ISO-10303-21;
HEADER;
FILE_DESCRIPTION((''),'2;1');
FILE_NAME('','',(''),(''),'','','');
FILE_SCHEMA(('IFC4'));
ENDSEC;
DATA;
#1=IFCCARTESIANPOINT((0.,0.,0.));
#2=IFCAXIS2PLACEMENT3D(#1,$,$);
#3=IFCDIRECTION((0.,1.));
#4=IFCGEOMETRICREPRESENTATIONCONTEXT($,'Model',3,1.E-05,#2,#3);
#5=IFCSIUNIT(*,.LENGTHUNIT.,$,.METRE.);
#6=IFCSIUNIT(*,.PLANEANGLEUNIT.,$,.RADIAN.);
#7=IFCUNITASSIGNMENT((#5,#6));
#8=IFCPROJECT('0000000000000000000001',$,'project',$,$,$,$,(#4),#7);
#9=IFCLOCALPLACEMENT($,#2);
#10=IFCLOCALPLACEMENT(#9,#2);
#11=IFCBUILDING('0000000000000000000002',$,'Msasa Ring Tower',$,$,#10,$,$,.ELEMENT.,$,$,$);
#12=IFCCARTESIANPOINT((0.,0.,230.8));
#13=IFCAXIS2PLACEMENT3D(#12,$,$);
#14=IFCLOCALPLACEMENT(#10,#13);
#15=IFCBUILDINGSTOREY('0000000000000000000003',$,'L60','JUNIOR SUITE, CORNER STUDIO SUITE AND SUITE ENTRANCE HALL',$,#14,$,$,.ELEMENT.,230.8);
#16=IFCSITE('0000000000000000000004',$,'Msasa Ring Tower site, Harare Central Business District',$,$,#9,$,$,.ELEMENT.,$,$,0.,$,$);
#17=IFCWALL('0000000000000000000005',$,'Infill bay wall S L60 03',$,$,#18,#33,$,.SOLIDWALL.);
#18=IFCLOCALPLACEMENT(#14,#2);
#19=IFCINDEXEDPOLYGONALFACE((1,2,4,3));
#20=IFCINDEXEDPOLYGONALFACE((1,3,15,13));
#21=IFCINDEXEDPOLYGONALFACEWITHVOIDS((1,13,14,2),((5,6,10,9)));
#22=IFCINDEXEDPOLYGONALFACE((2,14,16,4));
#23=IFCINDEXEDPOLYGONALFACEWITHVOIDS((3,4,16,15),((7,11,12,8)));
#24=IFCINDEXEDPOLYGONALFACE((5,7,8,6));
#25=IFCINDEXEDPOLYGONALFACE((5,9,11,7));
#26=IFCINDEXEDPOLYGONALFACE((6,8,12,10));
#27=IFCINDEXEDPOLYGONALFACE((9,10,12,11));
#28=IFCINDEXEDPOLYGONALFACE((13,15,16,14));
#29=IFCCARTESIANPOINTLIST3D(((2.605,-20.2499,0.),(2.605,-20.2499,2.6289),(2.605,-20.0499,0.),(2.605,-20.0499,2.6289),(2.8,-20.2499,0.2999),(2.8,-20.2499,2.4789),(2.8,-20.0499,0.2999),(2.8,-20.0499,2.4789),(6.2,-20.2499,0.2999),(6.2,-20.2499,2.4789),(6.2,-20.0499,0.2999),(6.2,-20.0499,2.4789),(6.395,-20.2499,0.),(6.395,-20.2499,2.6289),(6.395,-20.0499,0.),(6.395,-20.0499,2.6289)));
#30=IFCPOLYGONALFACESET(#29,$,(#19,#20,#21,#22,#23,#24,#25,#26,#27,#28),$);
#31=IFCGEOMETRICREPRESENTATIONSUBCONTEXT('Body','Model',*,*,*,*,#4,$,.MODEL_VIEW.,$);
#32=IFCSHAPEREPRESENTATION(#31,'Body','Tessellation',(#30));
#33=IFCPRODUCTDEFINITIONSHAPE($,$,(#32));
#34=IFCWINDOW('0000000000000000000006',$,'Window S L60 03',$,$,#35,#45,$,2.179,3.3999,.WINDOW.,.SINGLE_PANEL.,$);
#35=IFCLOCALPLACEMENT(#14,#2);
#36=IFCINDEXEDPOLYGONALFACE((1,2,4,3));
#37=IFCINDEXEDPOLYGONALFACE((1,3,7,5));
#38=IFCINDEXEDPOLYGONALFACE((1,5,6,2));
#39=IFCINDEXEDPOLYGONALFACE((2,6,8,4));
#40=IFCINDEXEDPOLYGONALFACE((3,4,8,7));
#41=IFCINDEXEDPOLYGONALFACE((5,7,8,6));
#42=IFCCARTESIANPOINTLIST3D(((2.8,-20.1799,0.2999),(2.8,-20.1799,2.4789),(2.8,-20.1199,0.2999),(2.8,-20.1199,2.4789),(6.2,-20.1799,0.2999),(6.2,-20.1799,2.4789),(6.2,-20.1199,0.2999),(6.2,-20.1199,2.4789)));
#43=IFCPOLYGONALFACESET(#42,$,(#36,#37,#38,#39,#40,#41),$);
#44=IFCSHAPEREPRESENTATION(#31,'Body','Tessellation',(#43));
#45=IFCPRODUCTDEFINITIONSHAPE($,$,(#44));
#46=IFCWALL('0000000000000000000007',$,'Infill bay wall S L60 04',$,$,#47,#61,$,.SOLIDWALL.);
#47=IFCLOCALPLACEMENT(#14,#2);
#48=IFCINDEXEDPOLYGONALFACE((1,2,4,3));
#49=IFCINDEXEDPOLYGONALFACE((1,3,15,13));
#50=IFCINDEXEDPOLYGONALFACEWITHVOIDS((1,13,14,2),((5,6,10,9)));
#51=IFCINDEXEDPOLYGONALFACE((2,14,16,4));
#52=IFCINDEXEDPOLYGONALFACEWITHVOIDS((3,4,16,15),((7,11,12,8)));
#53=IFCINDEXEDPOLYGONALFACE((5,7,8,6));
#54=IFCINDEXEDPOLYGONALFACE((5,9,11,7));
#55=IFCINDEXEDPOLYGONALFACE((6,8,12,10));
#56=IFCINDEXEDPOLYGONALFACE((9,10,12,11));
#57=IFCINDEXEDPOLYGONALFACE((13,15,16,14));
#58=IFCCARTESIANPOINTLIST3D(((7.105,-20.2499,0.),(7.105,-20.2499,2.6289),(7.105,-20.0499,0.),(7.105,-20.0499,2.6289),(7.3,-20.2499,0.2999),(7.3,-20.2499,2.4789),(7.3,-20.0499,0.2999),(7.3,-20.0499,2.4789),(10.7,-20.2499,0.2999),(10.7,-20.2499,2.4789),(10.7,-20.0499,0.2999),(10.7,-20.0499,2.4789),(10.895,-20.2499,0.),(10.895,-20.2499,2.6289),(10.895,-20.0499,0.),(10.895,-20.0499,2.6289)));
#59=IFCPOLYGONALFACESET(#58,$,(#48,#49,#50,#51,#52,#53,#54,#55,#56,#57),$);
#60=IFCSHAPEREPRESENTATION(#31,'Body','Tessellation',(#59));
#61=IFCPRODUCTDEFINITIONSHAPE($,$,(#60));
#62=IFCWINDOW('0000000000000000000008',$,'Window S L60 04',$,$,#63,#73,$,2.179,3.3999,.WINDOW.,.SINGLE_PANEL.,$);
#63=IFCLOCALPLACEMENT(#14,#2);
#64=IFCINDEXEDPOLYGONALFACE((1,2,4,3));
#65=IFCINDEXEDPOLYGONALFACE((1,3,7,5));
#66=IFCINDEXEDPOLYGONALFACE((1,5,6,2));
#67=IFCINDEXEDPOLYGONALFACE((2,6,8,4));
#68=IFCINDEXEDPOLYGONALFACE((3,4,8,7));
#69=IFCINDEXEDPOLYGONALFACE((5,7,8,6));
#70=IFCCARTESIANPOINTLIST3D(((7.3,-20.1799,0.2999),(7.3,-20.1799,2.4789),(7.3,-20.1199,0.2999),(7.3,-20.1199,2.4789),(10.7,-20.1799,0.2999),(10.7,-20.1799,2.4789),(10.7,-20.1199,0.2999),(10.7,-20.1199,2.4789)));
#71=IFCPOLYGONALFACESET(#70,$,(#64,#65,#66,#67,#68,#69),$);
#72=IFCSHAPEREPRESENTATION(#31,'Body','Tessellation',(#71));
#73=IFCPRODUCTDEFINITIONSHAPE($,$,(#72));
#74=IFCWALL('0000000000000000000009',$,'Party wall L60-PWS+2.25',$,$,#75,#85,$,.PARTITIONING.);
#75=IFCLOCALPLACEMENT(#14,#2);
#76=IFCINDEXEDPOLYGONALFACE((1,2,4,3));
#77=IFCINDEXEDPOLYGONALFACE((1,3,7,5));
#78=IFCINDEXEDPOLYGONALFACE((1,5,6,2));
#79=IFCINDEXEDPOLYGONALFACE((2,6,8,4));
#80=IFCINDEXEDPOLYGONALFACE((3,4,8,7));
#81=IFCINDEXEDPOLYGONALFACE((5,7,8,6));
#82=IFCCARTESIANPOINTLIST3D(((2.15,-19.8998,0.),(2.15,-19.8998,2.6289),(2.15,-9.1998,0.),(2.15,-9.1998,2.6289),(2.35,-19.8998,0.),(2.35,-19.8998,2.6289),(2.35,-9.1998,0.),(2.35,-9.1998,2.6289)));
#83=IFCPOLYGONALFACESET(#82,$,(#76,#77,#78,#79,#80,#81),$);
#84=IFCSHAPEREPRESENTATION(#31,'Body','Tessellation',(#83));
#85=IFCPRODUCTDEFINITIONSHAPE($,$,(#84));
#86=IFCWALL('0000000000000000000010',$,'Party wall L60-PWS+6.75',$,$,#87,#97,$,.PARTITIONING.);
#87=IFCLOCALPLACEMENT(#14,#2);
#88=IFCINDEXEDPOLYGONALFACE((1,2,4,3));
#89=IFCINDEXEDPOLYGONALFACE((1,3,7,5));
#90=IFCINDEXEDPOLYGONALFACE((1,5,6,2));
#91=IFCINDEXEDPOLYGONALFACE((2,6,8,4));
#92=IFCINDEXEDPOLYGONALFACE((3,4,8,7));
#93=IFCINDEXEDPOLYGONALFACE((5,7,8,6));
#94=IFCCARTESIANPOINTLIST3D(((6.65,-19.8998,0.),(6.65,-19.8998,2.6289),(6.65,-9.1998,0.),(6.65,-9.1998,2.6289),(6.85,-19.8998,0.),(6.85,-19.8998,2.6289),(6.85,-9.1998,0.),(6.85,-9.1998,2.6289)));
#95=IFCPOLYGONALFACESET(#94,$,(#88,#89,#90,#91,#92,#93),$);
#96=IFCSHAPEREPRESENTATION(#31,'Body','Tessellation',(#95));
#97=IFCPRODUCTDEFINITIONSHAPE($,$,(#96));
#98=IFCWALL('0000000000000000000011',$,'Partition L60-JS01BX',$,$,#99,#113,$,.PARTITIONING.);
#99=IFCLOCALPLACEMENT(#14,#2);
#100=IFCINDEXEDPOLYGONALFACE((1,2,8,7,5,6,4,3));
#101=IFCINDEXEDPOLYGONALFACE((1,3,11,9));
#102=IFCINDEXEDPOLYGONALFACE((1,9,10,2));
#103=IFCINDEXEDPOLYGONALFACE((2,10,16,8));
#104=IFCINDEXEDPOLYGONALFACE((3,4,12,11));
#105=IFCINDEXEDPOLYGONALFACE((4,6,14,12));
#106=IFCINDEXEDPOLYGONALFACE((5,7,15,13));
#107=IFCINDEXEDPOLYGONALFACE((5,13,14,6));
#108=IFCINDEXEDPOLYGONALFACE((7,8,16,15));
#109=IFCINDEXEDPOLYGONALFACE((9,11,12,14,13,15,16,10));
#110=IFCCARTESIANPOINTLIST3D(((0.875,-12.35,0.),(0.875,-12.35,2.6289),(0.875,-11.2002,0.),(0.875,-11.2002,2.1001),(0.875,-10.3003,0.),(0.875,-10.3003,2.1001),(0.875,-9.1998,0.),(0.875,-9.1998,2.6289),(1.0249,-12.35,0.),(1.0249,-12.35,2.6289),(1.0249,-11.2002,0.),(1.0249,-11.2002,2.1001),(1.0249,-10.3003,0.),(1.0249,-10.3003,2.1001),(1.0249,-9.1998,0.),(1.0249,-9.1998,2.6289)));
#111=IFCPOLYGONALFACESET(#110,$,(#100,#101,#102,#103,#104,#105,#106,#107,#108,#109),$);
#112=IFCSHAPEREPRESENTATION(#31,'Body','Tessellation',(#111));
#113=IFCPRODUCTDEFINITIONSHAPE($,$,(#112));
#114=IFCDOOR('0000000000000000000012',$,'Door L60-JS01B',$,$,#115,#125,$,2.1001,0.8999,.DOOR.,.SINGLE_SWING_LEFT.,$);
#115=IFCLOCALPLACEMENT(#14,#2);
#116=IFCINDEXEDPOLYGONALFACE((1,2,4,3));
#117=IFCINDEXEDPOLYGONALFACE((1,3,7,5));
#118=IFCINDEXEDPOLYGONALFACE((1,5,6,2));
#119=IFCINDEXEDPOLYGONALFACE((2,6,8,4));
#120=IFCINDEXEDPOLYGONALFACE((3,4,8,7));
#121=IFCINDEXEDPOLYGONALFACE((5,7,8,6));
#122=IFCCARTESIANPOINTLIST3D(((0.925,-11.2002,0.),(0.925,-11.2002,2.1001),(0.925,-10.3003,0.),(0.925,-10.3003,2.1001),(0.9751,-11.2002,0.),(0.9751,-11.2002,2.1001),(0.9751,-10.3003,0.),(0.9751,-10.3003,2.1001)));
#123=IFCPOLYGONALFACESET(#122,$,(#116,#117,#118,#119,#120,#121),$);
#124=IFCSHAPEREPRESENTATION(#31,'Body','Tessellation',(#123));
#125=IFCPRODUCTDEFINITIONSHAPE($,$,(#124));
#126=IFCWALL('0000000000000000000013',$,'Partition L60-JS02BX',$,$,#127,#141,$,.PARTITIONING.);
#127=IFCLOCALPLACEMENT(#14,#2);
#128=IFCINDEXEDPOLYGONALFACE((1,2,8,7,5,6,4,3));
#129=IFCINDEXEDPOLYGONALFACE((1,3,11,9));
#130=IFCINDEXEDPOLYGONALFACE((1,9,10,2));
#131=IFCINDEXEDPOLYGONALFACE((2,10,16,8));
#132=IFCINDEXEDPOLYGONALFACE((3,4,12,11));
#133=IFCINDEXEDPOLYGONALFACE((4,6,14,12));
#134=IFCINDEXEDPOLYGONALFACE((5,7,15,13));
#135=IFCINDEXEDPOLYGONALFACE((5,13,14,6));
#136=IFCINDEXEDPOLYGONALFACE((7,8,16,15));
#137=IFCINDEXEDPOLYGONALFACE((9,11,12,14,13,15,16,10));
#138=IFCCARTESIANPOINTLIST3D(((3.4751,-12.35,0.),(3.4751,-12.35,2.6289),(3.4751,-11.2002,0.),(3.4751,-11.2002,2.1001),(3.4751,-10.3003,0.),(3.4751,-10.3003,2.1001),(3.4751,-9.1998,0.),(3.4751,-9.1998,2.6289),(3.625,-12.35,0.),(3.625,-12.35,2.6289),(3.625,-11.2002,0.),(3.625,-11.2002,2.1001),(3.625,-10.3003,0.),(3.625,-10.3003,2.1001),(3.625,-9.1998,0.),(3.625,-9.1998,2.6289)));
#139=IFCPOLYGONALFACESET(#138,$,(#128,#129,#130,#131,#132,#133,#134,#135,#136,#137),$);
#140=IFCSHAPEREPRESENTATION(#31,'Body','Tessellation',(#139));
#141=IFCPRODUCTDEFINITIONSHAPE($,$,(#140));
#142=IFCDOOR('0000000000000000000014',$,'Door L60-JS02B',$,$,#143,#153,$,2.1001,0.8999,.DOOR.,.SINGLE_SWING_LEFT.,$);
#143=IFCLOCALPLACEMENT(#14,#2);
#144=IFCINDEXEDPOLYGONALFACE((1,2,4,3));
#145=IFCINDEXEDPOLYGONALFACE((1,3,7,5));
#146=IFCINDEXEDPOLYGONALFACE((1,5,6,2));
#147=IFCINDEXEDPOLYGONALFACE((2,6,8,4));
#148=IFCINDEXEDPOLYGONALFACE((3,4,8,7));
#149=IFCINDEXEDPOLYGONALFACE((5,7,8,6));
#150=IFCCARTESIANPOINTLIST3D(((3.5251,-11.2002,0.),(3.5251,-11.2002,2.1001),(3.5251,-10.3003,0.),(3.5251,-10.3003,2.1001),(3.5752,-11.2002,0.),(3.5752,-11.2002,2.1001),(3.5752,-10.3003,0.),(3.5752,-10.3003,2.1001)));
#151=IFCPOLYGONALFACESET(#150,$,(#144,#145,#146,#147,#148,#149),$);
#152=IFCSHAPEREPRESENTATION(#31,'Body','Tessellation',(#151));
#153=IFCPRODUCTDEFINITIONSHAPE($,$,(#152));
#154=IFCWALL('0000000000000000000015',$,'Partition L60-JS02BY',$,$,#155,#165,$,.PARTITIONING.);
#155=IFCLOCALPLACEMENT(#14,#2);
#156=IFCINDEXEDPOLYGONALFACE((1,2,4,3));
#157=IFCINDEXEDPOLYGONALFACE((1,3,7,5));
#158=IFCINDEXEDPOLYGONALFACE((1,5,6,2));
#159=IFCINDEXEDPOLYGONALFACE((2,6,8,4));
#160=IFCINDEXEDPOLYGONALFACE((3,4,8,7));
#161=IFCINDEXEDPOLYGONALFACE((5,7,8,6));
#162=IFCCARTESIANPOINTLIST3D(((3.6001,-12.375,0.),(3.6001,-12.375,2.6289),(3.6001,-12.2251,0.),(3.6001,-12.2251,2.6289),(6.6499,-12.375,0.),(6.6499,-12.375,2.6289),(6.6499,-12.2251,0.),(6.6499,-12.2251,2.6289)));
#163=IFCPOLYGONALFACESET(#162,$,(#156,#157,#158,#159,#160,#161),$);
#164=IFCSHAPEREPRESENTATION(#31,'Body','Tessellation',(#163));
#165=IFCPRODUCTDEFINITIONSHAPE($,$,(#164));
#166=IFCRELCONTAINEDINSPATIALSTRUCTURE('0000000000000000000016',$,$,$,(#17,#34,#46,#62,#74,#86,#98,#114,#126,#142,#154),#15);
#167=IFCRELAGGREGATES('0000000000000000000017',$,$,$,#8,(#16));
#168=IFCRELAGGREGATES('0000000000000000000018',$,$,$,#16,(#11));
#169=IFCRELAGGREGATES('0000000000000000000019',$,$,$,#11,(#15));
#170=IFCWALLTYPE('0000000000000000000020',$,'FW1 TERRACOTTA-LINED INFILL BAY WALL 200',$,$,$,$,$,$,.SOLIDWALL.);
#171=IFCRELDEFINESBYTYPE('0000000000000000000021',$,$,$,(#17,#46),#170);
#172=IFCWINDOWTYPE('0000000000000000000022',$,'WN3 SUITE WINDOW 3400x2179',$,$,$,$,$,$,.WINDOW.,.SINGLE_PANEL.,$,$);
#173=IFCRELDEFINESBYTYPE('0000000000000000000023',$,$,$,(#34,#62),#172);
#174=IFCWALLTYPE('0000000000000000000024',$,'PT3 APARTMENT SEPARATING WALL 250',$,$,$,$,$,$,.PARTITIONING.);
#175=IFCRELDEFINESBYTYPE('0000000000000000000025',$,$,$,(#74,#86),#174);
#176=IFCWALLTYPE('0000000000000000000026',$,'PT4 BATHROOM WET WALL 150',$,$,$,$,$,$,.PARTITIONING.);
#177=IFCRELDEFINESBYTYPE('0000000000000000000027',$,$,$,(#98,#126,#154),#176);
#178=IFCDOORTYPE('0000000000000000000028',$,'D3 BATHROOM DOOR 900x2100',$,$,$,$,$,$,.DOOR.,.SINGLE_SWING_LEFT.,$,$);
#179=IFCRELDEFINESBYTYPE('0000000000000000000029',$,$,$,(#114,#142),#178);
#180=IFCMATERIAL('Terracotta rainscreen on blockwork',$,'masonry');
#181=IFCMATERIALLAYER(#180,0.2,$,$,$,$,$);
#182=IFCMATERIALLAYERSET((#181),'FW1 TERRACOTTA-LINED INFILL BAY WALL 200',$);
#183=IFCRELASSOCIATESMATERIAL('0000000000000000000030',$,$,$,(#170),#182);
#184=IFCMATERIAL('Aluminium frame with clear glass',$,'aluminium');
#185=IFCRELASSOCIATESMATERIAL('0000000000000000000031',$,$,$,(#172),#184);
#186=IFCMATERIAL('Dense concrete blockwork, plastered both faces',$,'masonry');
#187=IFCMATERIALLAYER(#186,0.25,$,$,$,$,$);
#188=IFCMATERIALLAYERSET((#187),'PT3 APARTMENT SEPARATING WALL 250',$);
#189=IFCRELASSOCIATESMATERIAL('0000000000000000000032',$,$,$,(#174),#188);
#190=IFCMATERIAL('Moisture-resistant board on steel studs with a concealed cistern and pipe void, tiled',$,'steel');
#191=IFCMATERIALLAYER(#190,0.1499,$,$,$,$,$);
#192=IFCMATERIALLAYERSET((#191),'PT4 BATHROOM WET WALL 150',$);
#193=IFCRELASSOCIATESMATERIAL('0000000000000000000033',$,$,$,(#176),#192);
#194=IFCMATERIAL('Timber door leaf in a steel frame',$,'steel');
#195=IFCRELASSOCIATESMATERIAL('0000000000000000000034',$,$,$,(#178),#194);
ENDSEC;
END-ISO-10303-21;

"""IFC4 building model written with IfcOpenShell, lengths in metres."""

from ifc_helpers import new_model, si_unit, direction, frame, frame_2d, origin, place, context, subcontext, project, spatial, rectangle, extrude, material, layer, layer_set, type_object, element, fill, save


model = new_model("IFC4")

# Units and contexts
model_context = context("Model", 3, precision=1e-05, world=origin(), true_north=direction((0.0, 1.0)))
body_context = subcontext(model_context, "Body", "Model", "MODEL_VIEW")
ifc_project = project(units=[si_unit("LENGTHUNIT", "METRE"), si_unit("PLANEANGLEUNIT", "RADIAN")], contexts=[model_context])

# Site, building, storey
site_placement = place(None, origin())
site = spatial("IfcSite", under=ifc_project, at=site_placement, Name="Msasa Ring Tower site, Harare Central Business District", CompositionType="ELEMENT", RefElevation=0.0)
building_placement = place(site_placement, origin())
building = spatial("IfcBuilding", under=site, at=building_placement, Name="Msasa Ring Tower", CompositionType="ELEMENT")
storey_placement = place(building_placement, frame((0.0, 0.0, 230.8)))
storey = spatial("IfcBuildingStorey", under=building, at=storey_placement, Name="L60", Description="JUNIOR SUITE, CORNER STUDIO SUITE AND SUITE ENTRANCE HALL", CompositionType="ELEMENT", Elevation=230.8)

# Walls, openings, windows
ifc_material_1 = material(Name="Terracotta rainscreen on blockwork", Category="masonry")
ifc_layer_1 = layer(ifc_material_1, 0.2)
ifc_layer_set_1 = layer_set([ifc_layer_1], Name="FW1 TERRACOTTA-LINED INFILL BAY WALL 200")
wall_type_1 = type_object("IfcWallType", Name="FW1 TERRACOTTA-LINED INFILL BAY WALL 200", PredefinedType="SOLIDWALL", material=ifc_layer_set_1)
wall_1_placement = place(storey_placement, frame((2.605, -20.1499, 0.0), z_axis=(0.0, 0.0, 1.0), x_axis=(1.0, 0.0, 0.0)))
wall_1 = element("IfcWall", 1, at=wall_1_placement, inside=storey, type_object=wall_type_1, Name="Infill bay wall S L60 03", PredefinedType="SOLIDWALL", context=body_context, shape_type="SweptSolid", body=[
    extrude(rectangle(XDim=3.79, YDim=0.2, at=frame_2d((1.895, 0.0))), origin(), (0.0, 0.0, 1.0), 2.6289),
])
opening_1_placement = place(wall_1_placement, frame((0.1951, 0.0, 0.3)))
opening_1 = element("IfcOpeningElement", 2, at=opening_1_placement, cuts=wall_1, PredefinedType="OPENING", context=body_context, shape_type="SweptSolid", body=[
    extrude(rectangle(XDim=3.3999, YDim=2.179, at=frame_2d((1.7, 1.0894))), frame((0.0, 0.1099, 0.0), z_axis=(0.0, -1.0, 0.0), x_axis=(1.0, 0.0, 0.0)), (0.0, 0.0, 1.0), 0.22),
])
ifc_material_2 = material(Name="Aluminium frame with clear glass", Category="aluminium")
window_type = type_object("IfcWindowType", Name="WN3 SUITE WINDOW 3400x2179", PartitioningType="SINGLE_PANEL", PredefinedType="WINDOW", material=ifc_material_2)
window_1_placement = place(opening_1_placement, origin())
window_1 = element("IfcWindow", 3, at=window_1_placement, inside=storey, type_object=window_type, Name="Window S L60 03", OverallHeight=2.179, OverallWidth=3.3999, PartitioningType="SINGLE_PANEL", PredefinedType="WINDOW", context=body_context, shape_type="SweptSolid", body=[
    extrude(rectangle(XDim=3.3999, YDim=2.179, at=frame_2d((1.7, 1.0894))), frame((0.0, 0.03, 0.0), z_axis=(0.0, -1.0, 0.0), x_axis=(1.0, 0.0, 0.0)), (0.0, 0.0, 1.0), 0.0601),
])
fill(opening_1, window_1)
wall_2_placement = place(storey_placement, frame((7.105, -20.1499, 0.0), z_axis=(0.0, 0.0, 1.0), x_axis=(1.0, 0.0, 0.0)))
wall_2 = element("IfcWall", 4, at=wall_2_placement, inside=storey, type_object=wall_type_1, Name="Infill bay wall S L60 04", PredefinedType="SOLIDWALL", context=body_context, shape_type="SweptSolid", body=[
    extrude(rectangle(XDim=3.79, YDim=0.2, at=frame_2d((1.895, 0.0))), origin(), (0.0, 0.0, 1.0), 2.6289),
])
opening_2_placement = place(wall_2_placement, frame((0.1951, 0.0, 0.3)))
opening_2 = element("IfcOpeningElement", 5, at=opening_2_placement, cuts=wall_2, PredefinedType="OPENING", context=body_context, shape_type="SweptSolid", body=[
    extrude(rectangle(XDim=3.3999, YDim=2.179, at=frame_2d((1.7, 1.0894))), frame((0.0, 0.1099, 0.0), z_axis=(0.0, -1.0, 0.0), x_axis=(1.0, 0.0, 0.0)), (0.0, 0.0, 1.0), 0.22),
])
window_2_placement = place(opening_2_placement, origin())
window_2 = element("IfcWindow", 6, at=window_2_placement, inside=storey, type_object=window_type, Name="Window S L60 04", OverallHeight=2.179, OverallWidth=3.3999, PartitioningType="SINGLE_PANEL", PredefinedType="WINDOW", context=body_context, shape_type="SweptSolid", body=[
    extrude(rectangle(XDim=3.3999, YDim=2.179, at=frame_2d((1.7, 1.0894))), frame((0.0, 0.03, 0.0), z_axis=(0.0, -1.0, 0.0), x_axis=(1.0, 0.0, 0.0)), (0.0, 0.0, 1.0), 0.0601),
])
fill(opening_2, window_2)

# Walls
ifc_material_3 = material(Name="Dense concrete blockwork, plastered both faces", Category="masonry")
ifc_layer_2 = layer(ifc_material_3, 0.25)
ifc_layer_set_2 = layer_set([ifc_layer_2], Name="PT3 APARTMENT SEPARATING WALL 250")
wall_type_2 = type_object("IfcWallType", Name="PT3 APARTMENT SEPARATING WALL 250", PredefinedType="PARTITIONING", material=ifc_layer_set_2)
for number, where, z_axis, x_axis, name in (
    (7, (2.25, -19.8999, 0.0), (0.0, 0.0, 1.0), (0.0, 1.0, 0.0), "Party wall L60-PWS+2.25"),
    (8, (6.75, -19.8999, 0.0), (0.0, 0.0, 1.0), (0.0, 1.0, 0.0), "Party wall L60-PWS+6.75"),
):
    element("IfcWall", number, at=place(storey_placement, frame(where, z_axis=z_axis, x_axis=x_axis)), inside=storey, type_object=wall_type_2, Name=name, PredefinedType="PARTITIONING", context=body_context, shape_type="SweptSolid", body=[
        extrude(rectangle(XDim=10.7, YDim=0.2, at=frame_2d((5.3501, 0.0))), origin(), (0.0, 0.0, 1.0), 2.6289),
    ])

# Walls, openings, doors
ifc_material_4 = material(Name="Moisture-resistant board on steel studs with a concealed cistern and pipe void, tiled", Category="steel")
ifc_layer_3 = layer(ifc_material_4, 0.1499)
ifc_layer_set_3 = layer_set([ifc_layer_3], Name="PT4 BATHROOM WET WALL 150")
wall_type_3 = type_object("IfcWallType", Name="PT4 BATHROOM WET WALL 150", PredefinedType="PARTITIONING", material=ifc_layer_set_3)
wall_3_placement = place(storey_placement, frame((0.95, -12.3501, 0.0), z_axis=(0.0, 0.0, 1.0), x_axis=(0.0, 1.0, 0.0)))
wall_3 = element("IfcWall", 9, at=wall_3_placement, inside=storey, type_object=wall_type_3, Name="Partition L60-JS01BX", PredefinedType="PARTITIONING", context=body_context, shape_type="SweptSolid", body=[
    extrude(rectangle(XDim=3.1501, YDim=0.1499, at=frame_2d((1.5752, 0.0))), origin(), (0.0, 0.0, 1.0), 2.6289),
])
opening_3_placement = place(wall_3_placement, frame((1.1499, 0.0, 0.0)))
opening_3 = element("IfcOpeningElement", 10, at=opening_3_placement, cuts=wall_3, PredefinedType="OPENING", context=body_context, shape_type="SweptSolid", body=[
    extrude(rectangle(XDim=0.8999, YDim=2.1001, at=frame_2d((0.45, 1.05))), frame((0.0, 0.085, 0.0), z_axis=(0.0, -1.0, 0.0), x_axis=(1.0, 0.0, 0.0)), (0.0, 0.0, 1.0), 0.1699),
])
ifc_material_5 = material(Name="Timber door leaf in a steel frame", Category="steel")
door_type = type_object("IfcDoorType", Name="D3 BATHROOM DOOR 900x2100", OperationType="SINGLE_SWING_LEFT", PredefinedType="DOOR", material=ifc_material_5)
door_1_placement = place(opening_3_placement, origin())
door_1 = element("IfcDoor", 11, at=door_1_placement, inside=storey, type_object=door_type, Name="Door L60-JS01B", OperationType="SINGLE_SWING_LEFT", OverallHeight=2.1001, OverallWidth=0.8999, PredefinedType="DOOR", context=body_context, shape_type="SweptSolid", body=[
    extrude(rectangle(XDim=0.8999, YDim=2.1001, at=frame_2d((0.45, 1.05))), frame((0.0, 0.0249, 0.0), z_axis=(0.0, -1.0, 0.0), x_axis=(1.0, 0.0, 0.0)), (0.0, 0.0, 1.0), 0.05),
])
fill(opening_3, door_1)
wall_4_placement = place(storey_placement, frame((3.55, -12.3501, 0.0), z_axis=(0.0, 0.0, 1.0), x_axis=(0.0, 1.0, 0.0)))
wall_4 = element("IfcWall", 12, at=wall_4_placement, inside=storey, type_object=wall_type_3, Name="Partition L60-JS02BX", PredefinedType="PARTITIONING", context=body_context, shape_type="SweptSolid", body=[
    extrude(rectangle(XDim=3.1501, YDim=0.1499, at=frame_2d((1.5752, 0.0))), origin(), (0.0, 0.0, 1.0), 2.6289),
])
opening_4_placement = place(wall_4_placement, frame((1.1499, 0.0, 0.0)))
opening_4 = element("IfcOpeningElement", 13, at=opening_4_placement, cuts=wall_4, PredefinedType="OPENING", context=body_context, shape_type="SweptSolid", body=[
    extrude(rectangle(XDim=0.8999, YDim=2.1001, at=frame_2d((0.45, 1.05))), frame((0.0, 0.085, 0.0), z_axis=(0.0, -1.0, 0.0), x_axis=(1.0, 0.0, 0.0)), (0.0, 0.0, 1.0), 0.1699),
])
door_2_placement = place(opening_4_placement, origin())
door_2 = element("IfcDoor", 14, at=door_2_placement, inside=storey, type_object=door_type, Name="Door L60-JS02B", OperationType="SINGLE_SWING_LEFT", OverallHeight=2.1001, OverallWidth=0.8999, PredefinedType="DOOR", context=body_context, shape_type="SweptSolid", body=[
    extrude(rectangle(XDim=0.8999, YDim=2.1001, at=frame_2d((0.45, 1.05))), frame((0.0, 0.0249, 0.0), z_axis=(0.0, -1.0, 0.0), x_axis=(1.0, 0.0, 0.0)), (0.0, 0.0, 1.0), 0.05),
])
fill(opening_4, door_2)

# Wall
wall_5_placement = place(storey_placement, frame((3.6001, -12.3, 0.0), z_axis=(0.0, 0.0, 1.0), x_axis=(1.0, 0.0, 0.0)))
element("IfcWall", 15, at=wall_5_placement, inside=storey, type_object=wall_type_3, Name="Partition L60-JS02BY", PredefinedType="PARTITIONING", context=body_context, shape_type="SweptSolid", body=[
    extrude(rectangle(XDim=3.0498, YDim=0.1499, at=frame_2d((1.5249, 0.0))), origin(), (0.0, 0.0, 1.0), 2.6289),
])

save(model, "model.ifc")
